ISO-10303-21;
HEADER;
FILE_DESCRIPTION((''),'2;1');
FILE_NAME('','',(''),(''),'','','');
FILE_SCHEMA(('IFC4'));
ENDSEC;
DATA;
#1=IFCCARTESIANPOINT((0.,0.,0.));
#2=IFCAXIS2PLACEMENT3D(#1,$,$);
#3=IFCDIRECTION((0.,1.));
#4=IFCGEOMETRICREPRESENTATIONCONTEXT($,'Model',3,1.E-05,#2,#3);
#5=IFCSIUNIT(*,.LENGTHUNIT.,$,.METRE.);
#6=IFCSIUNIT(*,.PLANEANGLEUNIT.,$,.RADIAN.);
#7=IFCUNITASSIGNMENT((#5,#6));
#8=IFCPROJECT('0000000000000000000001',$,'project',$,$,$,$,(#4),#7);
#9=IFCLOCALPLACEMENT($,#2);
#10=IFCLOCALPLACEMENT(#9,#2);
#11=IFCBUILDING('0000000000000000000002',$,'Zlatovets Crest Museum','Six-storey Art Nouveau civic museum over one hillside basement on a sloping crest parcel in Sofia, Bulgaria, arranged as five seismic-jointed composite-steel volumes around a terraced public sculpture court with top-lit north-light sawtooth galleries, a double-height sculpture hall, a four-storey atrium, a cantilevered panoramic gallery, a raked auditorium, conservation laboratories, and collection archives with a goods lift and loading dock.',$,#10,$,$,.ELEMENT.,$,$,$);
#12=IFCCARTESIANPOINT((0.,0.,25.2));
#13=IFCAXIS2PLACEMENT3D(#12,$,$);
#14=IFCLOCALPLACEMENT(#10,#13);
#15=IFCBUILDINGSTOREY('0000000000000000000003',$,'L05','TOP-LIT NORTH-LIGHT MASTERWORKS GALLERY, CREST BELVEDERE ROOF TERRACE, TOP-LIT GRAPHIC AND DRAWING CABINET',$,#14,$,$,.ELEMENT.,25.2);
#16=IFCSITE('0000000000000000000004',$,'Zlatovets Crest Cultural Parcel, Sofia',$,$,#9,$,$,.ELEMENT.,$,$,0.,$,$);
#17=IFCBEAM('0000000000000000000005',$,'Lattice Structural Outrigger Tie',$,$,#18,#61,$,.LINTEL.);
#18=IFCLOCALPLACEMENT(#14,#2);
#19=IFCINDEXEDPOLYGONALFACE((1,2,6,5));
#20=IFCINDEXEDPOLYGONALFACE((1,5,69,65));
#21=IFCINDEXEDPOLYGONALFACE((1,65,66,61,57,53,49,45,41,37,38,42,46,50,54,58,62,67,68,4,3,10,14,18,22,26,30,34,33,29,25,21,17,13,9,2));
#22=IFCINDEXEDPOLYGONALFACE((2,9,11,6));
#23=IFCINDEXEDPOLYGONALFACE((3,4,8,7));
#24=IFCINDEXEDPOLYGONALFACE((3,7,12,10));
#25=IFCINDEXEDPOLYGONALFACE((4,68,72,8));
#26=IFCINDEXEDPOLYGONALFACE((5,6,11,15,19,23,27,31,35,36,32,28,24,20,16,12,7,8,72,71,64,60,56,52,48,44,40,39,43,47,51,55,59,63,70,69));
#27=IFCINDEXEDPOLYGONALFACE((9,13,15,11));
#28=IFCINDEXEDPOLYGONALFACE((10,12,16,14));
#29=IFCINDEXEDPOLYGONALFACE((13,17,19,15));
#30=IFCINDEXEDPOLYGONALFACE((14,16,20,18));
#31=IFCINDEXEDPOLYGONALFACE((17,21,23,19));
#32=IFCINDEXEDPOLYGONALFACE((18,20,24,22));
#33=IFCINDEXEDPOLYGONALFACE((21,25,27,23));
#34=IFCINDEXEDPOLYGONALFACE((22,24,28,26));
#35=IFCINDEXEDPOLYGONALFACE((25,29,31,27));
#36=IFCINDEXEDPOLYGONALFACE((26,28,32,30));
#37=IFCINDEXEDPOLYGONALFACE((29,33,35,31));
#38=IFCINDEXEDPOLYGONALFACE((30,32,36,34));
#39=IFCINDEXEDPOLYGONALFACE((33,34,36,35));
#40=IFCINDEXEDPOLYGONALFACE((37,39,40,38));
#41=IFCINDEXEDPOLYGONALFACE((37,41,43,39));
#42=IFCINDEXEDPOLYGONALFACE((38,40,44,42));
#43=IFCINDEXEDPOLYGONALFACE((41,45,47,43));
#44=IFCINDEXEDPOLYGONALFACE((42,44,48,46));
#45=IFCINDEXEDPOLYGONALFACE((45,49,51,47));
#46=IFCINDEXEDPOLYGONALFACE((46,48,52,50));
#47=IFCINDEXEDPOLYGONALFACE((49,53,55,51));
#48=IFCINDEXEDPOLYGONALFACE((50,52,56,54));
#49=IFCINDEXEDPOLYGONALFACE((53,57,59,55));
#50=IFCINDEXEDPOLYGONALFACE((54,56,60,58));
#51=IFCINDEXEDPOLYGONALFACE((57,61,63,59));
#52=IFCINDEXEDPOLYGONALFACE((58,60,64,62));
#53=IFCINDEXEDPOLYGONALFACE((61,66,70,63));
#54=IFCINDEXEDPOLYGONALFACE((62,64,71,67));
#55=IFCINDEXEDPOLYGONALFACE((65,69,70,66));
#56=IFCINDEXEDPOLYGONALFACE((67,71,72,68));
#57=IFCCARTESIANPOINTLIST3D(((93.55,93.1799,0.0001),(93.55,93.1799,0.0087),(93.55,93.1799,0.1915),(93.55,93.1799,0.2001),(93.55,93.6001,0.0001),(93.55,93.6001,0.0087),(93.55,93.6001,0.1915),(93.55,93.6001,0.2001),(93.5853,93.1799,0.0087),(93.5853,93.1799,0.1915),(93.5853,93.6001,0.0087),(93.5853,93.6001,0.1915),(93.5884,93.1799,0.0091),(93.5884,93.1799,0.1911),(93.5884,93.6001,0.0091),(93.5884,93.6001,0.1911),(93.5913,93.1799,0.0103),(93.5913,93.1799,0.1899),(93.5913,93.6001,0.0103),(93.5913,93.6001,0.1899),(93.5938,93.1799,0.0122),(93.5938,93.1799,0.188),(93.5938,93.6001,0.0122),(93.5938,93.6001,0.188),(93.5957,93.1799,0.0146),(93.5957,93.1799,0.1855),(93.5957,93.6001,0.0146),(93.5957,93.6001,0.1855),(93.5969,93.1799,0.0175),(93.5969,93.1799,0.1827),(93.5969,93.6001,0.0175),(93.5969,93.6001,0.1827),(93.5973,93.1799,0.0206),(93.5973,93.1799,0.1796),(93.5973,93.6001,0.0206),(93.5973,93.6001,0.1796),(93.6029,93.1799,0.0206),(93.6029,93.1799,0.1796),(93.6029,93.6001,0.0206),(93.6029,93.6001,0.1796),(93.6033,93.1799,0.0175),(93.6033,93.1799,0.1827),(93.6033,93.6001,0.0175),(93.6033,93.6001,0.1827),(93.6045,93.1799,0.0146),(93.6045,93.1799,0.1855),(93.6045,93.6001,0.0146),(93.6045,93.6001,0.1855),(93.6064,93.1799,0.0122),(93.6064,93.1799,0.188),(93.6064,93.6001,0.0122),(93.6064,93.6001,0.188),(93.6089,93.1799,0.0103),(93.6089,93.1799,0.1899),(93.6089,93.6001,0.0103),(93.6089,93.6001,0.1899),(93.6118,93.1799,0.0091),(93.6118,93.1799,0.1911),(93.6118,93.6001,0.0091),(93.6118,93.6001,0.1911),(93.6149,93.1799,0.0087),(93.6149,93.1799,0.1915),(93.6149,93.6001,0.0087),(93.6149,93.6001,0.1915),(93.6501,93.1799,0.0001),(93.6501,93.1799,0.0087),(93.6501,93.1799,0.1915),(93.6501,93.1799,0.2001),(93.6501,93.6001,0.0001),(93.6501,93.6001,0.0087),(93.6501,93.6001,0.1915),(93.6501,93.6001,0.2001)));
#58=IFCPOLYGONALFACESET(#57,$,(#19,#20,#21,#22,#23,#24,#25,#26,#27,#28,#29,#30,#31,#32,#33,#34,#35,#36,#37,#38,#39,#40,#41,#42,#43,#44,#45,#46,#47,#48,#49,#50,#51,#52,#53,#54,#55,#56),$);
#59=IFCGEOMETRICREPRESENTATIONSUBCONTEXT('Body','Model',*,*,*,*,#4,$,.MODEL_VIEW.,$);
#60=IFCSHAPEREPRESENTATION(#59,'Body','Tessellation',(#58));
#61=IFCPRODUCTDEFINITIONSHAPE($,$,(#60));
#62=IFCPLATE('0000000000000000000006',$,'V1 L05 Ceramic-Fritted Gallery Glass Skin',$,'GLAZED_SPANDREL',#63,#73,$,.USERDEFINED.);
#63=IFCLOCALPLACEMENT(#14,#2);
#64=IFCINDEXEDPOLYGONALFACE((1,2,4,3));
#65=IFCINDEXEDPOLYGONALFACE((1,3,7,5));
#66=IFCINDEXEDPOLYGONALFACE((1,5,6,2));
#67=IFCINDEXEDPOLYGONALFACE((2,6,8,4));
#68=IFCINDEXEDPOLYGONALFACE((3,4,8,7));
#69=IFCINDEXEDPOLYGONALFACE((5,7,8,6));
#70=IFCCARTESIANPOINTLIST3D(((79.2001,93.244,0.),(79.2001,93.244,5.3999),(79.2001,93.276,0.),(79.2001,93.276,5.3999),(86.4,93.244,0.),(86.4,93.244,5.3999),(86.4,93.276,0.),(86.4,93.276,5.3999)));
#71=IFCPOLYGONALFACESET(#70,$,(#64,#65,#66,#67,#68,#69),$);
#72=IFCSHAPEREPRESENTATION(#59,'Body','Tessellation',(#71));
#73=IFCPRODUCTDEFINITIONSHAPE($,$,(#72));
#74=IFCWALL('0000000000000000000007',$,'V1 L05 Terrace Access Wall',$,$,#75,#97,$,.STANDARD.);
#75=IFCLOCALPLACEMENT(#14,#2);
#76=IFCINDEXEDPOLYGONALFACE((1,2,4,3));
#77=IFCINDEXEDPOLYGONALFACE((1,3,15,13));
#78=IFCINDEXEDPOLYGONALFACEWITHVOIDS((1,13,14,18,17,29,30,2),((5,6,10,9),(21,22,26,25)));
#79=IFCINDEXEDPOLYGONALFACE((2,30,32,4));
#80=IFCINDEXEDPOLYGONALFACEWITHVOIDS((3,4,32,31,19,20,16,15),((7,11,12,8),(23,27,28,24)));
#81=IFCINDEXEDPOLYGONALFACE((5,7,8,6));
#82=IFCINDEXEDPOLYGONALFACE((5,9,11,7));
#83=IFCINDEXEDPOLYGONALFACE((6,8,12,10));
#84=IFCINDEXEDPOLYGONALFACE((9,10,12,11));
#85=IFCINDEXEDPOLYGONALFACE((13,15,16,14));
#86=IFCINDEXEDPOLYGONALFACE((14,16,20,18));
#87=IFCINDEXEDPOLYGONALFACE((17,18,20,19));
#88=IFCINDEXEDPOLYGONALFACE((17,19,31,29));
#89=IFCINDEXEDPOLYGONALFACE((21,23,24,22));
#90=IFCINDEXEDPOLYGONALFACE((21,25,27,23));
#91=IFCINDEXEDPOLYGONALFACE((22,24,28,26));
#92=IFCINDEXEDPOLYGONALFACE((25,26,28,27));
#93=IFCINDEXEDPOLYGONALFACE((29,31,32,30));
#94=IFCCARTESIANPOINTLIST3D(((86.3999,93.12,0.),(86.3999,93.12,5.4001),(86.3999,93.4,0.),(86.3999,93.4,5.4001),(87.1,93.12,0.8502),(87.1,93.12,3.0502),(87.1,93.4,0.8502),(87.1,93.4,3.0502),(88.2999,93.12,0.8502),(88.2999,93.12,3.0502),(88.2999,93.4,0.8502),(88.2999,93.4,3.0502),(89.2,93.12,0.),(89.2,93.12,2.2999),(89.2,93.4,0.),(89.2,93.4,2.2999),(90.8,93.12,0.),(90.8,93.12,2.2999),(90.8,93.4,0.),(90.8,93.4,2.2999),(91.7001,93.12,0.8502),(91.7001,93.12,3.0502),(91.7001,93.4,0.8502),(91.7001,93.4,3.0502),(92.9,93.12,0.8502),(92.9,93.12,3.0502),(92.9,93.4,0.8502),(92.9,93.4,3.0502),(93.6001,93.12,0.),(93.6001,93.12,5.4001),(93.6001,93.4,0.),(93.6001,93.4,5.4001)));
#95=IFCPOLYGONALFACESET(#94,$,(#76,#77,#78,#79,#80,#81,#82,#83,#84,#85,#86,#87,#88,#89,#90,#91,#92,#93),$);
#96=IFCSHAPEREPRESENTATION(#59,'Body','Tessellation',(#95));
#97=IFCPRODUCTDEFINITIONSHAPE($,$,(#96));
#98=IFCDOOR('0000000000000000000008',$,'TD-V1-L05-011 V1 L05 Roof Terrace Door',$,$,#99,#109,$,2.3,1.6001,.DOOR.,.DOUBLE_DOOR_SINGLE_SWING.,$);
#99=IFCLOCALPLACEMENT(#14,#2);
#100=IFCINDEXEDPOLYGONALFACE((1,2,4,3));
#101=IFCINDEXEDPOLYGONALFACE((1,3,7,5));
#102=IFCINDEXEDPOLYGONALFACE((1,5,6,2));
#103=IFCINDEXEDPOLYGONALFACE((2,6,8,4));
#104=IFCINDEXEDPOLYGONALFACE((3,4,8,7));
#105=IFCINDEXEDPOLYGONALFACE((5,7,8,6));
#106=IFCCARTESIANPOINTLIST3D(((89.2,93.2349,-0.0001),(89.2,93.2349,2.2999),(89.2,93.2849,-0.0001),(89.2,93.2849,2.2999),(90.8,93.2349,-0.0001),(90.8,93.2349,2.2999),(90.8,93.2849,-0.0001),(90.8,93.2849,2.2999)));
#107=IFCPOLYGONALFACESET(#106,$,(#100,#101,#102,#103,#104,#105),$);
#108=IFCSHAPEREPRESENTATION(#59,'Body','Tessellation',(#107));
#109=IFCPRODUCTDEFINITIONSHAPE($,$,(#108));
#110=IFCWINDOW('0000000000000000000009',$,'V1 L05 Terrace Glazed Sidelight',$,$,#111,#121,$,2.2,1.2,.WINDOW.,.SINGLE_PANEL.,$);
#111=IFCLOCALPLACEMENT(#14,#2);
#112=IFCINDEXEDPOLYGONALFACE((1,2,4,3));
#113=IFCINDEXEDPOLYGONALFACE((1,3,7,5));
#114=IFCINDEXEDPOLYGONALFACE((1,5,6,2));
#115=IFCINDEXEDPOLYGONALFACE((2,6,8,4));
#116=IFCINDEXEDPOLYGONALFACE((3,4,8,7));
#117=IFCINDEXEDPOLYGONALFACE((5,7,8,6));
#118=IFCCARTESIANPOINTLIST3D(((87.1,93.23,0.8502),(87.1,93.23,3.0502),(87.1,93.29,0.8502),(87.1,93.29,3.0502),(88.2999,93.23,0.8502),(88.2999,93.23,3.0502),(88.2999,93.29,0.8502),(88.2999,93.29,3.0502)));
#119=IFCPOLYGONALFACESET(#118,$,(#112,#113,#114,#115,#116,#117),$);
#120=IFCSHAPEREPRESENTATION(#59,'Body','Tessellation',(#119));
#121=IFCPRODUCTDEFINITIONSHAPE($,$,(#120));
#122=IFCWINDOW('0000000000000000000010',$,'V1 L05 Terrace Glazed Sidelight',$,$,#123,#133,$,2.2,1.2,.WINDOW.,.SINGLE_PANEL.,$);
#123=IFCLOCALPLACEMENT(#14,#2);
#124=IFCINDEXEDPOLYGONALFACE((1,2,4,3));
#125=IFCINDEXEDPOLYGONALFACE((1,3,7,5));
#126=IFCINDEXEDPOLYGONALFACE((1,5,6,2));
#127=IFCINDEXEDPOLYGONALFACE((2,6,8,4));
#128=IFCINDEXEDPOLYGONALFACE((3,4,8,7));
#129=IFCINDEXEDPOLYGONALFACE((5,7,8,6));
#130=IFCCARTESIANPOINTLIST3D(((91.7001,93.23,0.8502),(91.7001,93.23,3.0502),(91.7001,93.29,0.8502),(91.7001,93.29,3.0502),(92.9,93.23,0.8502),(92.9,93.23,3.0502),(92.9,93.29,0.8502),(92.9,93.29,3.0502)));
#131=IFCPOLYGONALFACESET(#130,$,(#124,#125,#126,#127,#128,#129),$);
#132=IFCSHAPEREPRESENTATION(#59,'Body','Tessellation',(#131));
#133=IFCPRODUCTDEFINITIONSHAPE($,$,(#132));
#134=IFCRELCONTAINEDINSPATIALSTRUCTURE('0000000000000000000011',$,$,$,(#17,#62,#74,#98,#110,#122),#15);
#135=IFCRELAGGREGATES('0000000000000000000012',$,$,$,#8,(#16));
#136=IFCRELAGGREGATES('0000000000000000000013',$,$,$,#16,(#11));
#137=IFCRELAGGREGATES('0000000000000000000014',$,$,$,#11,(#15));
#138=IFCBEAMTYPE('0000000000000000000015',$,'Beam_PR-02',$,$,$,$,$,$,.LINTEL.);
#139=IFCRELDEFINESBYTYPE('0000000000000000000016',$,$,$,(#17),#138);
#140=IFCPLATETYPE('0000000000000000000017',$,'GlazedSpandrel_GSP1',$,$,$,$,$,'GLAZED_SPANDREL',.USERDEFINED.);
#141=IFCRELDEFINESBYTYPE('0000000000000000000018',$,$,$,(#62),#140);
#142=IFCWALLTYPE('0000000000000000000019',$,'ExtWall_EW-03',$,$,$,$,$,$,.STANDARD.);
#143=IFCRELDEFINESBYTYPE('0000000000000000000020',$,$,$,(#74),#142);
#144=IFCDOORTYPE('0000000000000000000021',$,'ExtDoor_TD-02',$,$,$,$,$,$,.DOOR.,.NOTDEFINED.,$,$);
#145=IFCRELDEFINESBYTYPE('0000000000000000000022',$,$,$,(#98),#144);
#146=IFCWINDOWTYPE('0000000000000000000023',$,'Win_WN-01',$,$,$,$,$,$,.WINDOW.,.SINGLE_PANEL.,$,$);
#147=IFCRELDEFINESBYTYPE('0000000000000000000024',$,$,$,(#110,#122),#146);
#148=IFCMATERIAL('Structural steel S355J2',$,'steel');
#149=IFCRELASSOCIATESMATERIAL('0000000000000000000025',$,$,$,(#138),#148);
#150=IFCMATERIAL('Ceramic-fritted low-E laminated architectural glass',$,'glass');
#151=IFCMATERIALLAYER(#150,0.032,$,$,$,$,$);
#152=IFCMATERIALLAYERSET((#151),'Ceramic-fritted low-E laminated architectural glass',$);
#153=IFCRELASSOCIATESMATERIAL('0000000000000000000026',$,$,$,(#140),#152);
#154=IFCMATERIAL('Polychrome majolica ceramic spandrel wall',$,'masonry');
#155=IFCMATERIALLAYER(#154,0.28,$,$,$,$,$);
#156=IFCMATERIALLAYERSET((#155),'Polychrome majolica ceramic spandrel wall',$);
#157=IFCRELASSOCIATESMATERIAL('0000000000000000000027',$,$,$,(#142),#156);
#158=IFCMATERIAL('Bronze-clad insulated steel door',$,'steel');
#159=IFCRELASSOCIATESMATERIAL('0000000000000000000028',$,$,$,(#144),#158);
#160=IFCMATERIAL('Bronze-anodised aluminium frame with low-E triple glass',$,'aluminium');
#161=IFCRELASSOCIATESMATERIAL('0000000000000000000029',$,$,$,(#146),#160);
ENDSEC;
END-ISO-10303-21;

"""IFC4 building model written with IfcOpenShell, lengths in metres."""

from ifc_helpers import new_model, si_unit, direction, frame, frame_2d, origin, origin_2d, place, context, subcontext, project, spatial, rectangle, i_section, extrude, material, layer, layer_set, material_profile, profile_set, type_object, element, fill, save


model = new_model("IFC4")

# Units and contexts
model_context = context("Model", 3, precision=1e-05, world=origin(), true_north=direction((0.0, 1.0)))
body_context = subcontext(model_context, "Body", "Model", "MODEL_VIEW")
ifc_project = project(units=[si_unit("LENGTHUNIT", "METRE"), si_unit("PLANEANGLEUNIT", "RADIAN")], contexts=[model_context])

# Site, building, storey
site_placement = place(None, origin())
site = spatial("IfcSite", under=ifc_project, at=site_placement, Name="Zlatovets Crest Cultural Parcel, Sofia", CompositionType="ELEMENT", RefElevation=0.0)
building_placement = place(site_placement, origin())
building = spatial("IfcBuilding", under=site, at=building_placement, Name="Zlatovets Crest Museum", Description="Six-storey Art Nouveau civic museum over one hillside basement on a sloping crest parcel in Sofia, Bulgaria, arranged as five seismic-jointed composite-steel volumes around a terraced public sculpture court with top-lit north-light sawtooth galleries, a double-height sculpture hall, a four-storey atrium, a cantilevered panoramic gallery, a raked auditorium, conservation laboratories, and collection archives with a goods lift and loading dock.", CompositionType="ELEMENT")
storey_placement = place(building_placement, frame((0.0, 0.0, 25.2)))
storey = spatial("IfcBuildingStorey", under=building, at=storey_placement, Name="L05", Description="TOP-LIT NORTH-LIGHT MASTERWORKS GALLERY, CREST BELVEDERE ROOF TERRACE, TOP-LIT GRAPHIC AND DRAWING CABINET", CompositionType="ELEMENT", Elevation=25.2)

# Shared definitions
ifc_material_1 = material(Name="Structural steel S355J2", Category="steel")

# Beam
ifc_material_profile_1 = material_profile(ifc_material_1, i_section(OverallWidth=0.1001, OverallDepth=0.2, WebThickness=0.0056, FlangeThickness=0.0085, FilletRadius=0.012, at=origin_2d()), Name="IPE 200")
ifc_profile_set_1 = profile_set([ifc_material_profile_1], Name="Structural steel S355J2")
beam_type_1 = type_object("IfcBeamType", Name="Beam_PR-02", PredefinedType="LINTEL", material=ifc_profile_set_1)
for number, where, z_axis, x_axis, name in (
    (1, (93.6001, 93.6001, 0.1001), (0.0, -1.0, 0.0), (1.0, 0.0, 0.0), "Lattice Structural Outrigger Tie"),
):
    element("IfcBeam", number, at=place(storey_placement, frame(where, z_axis=z_axis, x_axis=x_axis)), inside=storey, type_object=beam_type_1, Name=name, PredefinedType="LINTEL", context=body_context, shape_type="SweptSolid", body=[
        extrude(i_section(OverallWidth=0.1001, OverallDepth=0.2, WebThickness=0.0056, FlangeThickness=0.0085, FilletRadius=0.012, at=origin_2d()), origin(), (0.0, 0.0, 1.0), 0.4202),
    ])

# Plate
ifc_material_2 = material(Name="Ceramic-fritted low-E laminated architectural glass", Category="glass")
ifc_layer_1 = layer(ifc_material_2, 0.032)
ifc_layer_set_1 = layer_set([ifc_layer_1], Name="Ceramic-fritted low-E laminated architectural glass")
plate_type = type_object("IfcPlateType", Name="GlazedSpandrel_GSP1", ElementType="GLAZED_SPANDREL", PredefinedType="USERDEFINED", material=ifc_layer_set_1)
plate_placement = place(storey_placement, frame((82.8, 93.26, 0.0), z_axis=(0.0, 0.0, 1.0), x_axis=(1.0, 0.0, 0.0)))
element("IfcPlate", 2, at=plate_placement, inside=storey, type_object=plate_type, Name="V1 L05 Ceramic-Fritted Gallery Glass Skin", ObjectType="GLAZED_SPANDREL", PredefinedType="USERDEFINED", context=body_context, shape_type="SweptSolid", body=[
    extrude(rectangle(XDim=7.2, YDim=0.032, at=origin_2d()), origin(), (0.0, 0.0, 1.0), 5.3999),
])

# Wall, openings, door, windows
ifc_material_3 = material(Name="Polychrome majolica ceramic spandrel wall", Category="masonry")
ifc_layer_2 = layer(ifc_material_3, 0.28)
ifc_layer_set_2 = layer_set([ifc_layer_2], Name="Polychrome majolica ceramic spandrel wall")
wall_type = type_object("IfcWallType", Name="ExtWall_EW-03", PredefinedType="STANDARD", material=ifc_layer_set_2)
wall_placement = place(storey_placement, frame((86.3999, 93.26, 0.0), z_axis=(0.0, 0.0, 1.0), x_axis=(1.0, 0.0, 0.0)))
wall = element("IfcWall", 3, at=wall_placement, inside=storey, type_object=wall_type, Name="V1 L05 Terrace Access Wall", PredefinedType="STANDARD", context=body_context, shape_type="SweptSolid", body=[
    extrude(rectangle(XDim=7.2002, YDim=0.28, at=frame_2d((3.6001, 0.0))), origin(), (0.0, 0.0, 1.0), 5.4001),
])
opening_1_placement = place(wall_placement, frame((2.8, 0.0, 0.0)))
opening_1 = element("IfcOpeningElement", 4, at=opening_1_placement, cuts=wall, PredefinedType="OPENING", context=body_context, shape_type="SweptSolid", body=[
    extrude(rectangle(XDim=1.6001, YDim=2.3, at=frame_2d((0.8, 1.1499))), frame((0.0, 0.1499, 0.0), z_axis=(0.0, -1.0, 0.0), x_axis=(1.0, 0.0, 0.0)), (0.0, 0.0, 1.0), 0.3),
])
opening_2_placement = place(wall_placement, frame((0.7, 0.0, 0.8501)))
opening_2 = element("IfcOpeningElement", 5, at=opening_2_placement, cuts=wall, PredefinedType="OPENING", context=body_context, shape_type="SweptSolid", body=[
    extrude(rectangle(XDim=1.2, YDim=2.2, at=frame_2d((0.6001, 1.1001))), frame((0.0, 0.1499, 0.0), z_axis=(0.0, -1.0, 0.0), x_axis=(1.0, 0.0, 0.0)), (0.0, 0.0, 1.0), 0.3),
])
opening_3_placement = place(wall_placement, frame((5.3, 0.0, 0.8501)))
opening_3 = element("IfcOpeningElement", 6, at=opening_3_placement, cuts=wall, PredefinedType="OPENING", context=body_context, shape_type="SweptSolid", body=[
    extrude(rectangle(XDim=1.2, YDim=2.2, at=frame_2d((0.6001, 1.1001))), frame((0.0, 0.1499, 0.0), z_axis=(0.0, -1.0, 0.0), x_axis=(1.0, 0.0, 0.0)), (0.0, 0.0, 1.0), 0.3),
])
ifc_material_4 = material(Name="Bronze-clad insulated steel door", Category="steel")
door_type = type_object("IfcDoorType", Name="ExtDoor_TD-02", OperationType="NOTDEFINED", PredefinedType="DOOR", material=ifc_material_4)
door_placement = place(opening_1_placement, origin())
door = element("IfcDoor", 7, at=door_placement, inside=storey, type_object=door_type, Name="TD-V1-L05-011 V1 L05 Roof Terrace Door", OperationType="DOUBLE_DOOR_SINGLE_SWING", OverallHeight=2.3, OverallWidth=1.6001, PredefinedType="DOOR", context=body_context, shape_type="SweptSolid", body=[
    extrude(rectangle(XDim=1.6001, YDim=2.3, at=frame_2d((0.8, 1.1499))), frame((0.0, 0.0249, 0.0), z_axis=(0.0, -1.0, 0.0), x_axis=(1.0, 0.0, 0.0)), (0.0, 0.0, 1.0), 0.05),
])
fill(opening_1, door)
ifc_material_5 = material(Name="Bronze-anodised aluminium frame with low-E triple glass", Category="aluminium")
window_type = type_object("IfcWindowType", Name="Win_WN-01", PartitioningType="SINGLE_PANEL", PredefinedType="WINDOW", material=ifc_material_5)
window_1_placement = place(opening_2_placement, origin())
window_1 = element("IfcWindow", 8, at=window_1_placement, inside=storey, type_object=window_type, Name="V1 L05 Terrace Glazed Sidelight", OverallHeight=2.2, OverallWidth=1.2, PartitioningType="SINGLE_PANEL", PredefinedType="WINDOW", context=body_context, shape_type="SweptSolid", body=[
    extrude(rectangle(XDim=1.2, YDim=2.2, at=frame_2d((0.6001, 1.1001))), frame((0.0, 0.03, 0.0), z_axis=(0.0, -1.0, 0.0), x_axis=(1.0, 0.0, 0.0)), (0.0, 0.0, 1.0), 0.0601),
])
fill(opening_2, window_1)
window_2_placement = place(opening_3_placement, origin())
window_2 = element("IfcWindow", 9, at=window_2_placement, inside=storey, type_object=window_type, Name="V1 L05 Terrace Glazed Sidelight", OverallHeight=2.2, OverallWidth=1.2, PartitioningType="SINGLE_PANEL", PredefinedType="WINDOW", context=body_context, shape_type="SweptSolid", body=[
    extrude(rectangle(XDim=1.2, YDim=2.2, at=frame_2d((0.6001, 1.1001))), frame((0.0, 0.03, 0.0), z_axis=(0.0, -1.0, 0.0), x_axis=(1.0, 0.0, 0.0)), (0.0, 0.0, 1.0), 0.0601),
])
fill(opening_3, window_2)

save(model, "model.ifc")
